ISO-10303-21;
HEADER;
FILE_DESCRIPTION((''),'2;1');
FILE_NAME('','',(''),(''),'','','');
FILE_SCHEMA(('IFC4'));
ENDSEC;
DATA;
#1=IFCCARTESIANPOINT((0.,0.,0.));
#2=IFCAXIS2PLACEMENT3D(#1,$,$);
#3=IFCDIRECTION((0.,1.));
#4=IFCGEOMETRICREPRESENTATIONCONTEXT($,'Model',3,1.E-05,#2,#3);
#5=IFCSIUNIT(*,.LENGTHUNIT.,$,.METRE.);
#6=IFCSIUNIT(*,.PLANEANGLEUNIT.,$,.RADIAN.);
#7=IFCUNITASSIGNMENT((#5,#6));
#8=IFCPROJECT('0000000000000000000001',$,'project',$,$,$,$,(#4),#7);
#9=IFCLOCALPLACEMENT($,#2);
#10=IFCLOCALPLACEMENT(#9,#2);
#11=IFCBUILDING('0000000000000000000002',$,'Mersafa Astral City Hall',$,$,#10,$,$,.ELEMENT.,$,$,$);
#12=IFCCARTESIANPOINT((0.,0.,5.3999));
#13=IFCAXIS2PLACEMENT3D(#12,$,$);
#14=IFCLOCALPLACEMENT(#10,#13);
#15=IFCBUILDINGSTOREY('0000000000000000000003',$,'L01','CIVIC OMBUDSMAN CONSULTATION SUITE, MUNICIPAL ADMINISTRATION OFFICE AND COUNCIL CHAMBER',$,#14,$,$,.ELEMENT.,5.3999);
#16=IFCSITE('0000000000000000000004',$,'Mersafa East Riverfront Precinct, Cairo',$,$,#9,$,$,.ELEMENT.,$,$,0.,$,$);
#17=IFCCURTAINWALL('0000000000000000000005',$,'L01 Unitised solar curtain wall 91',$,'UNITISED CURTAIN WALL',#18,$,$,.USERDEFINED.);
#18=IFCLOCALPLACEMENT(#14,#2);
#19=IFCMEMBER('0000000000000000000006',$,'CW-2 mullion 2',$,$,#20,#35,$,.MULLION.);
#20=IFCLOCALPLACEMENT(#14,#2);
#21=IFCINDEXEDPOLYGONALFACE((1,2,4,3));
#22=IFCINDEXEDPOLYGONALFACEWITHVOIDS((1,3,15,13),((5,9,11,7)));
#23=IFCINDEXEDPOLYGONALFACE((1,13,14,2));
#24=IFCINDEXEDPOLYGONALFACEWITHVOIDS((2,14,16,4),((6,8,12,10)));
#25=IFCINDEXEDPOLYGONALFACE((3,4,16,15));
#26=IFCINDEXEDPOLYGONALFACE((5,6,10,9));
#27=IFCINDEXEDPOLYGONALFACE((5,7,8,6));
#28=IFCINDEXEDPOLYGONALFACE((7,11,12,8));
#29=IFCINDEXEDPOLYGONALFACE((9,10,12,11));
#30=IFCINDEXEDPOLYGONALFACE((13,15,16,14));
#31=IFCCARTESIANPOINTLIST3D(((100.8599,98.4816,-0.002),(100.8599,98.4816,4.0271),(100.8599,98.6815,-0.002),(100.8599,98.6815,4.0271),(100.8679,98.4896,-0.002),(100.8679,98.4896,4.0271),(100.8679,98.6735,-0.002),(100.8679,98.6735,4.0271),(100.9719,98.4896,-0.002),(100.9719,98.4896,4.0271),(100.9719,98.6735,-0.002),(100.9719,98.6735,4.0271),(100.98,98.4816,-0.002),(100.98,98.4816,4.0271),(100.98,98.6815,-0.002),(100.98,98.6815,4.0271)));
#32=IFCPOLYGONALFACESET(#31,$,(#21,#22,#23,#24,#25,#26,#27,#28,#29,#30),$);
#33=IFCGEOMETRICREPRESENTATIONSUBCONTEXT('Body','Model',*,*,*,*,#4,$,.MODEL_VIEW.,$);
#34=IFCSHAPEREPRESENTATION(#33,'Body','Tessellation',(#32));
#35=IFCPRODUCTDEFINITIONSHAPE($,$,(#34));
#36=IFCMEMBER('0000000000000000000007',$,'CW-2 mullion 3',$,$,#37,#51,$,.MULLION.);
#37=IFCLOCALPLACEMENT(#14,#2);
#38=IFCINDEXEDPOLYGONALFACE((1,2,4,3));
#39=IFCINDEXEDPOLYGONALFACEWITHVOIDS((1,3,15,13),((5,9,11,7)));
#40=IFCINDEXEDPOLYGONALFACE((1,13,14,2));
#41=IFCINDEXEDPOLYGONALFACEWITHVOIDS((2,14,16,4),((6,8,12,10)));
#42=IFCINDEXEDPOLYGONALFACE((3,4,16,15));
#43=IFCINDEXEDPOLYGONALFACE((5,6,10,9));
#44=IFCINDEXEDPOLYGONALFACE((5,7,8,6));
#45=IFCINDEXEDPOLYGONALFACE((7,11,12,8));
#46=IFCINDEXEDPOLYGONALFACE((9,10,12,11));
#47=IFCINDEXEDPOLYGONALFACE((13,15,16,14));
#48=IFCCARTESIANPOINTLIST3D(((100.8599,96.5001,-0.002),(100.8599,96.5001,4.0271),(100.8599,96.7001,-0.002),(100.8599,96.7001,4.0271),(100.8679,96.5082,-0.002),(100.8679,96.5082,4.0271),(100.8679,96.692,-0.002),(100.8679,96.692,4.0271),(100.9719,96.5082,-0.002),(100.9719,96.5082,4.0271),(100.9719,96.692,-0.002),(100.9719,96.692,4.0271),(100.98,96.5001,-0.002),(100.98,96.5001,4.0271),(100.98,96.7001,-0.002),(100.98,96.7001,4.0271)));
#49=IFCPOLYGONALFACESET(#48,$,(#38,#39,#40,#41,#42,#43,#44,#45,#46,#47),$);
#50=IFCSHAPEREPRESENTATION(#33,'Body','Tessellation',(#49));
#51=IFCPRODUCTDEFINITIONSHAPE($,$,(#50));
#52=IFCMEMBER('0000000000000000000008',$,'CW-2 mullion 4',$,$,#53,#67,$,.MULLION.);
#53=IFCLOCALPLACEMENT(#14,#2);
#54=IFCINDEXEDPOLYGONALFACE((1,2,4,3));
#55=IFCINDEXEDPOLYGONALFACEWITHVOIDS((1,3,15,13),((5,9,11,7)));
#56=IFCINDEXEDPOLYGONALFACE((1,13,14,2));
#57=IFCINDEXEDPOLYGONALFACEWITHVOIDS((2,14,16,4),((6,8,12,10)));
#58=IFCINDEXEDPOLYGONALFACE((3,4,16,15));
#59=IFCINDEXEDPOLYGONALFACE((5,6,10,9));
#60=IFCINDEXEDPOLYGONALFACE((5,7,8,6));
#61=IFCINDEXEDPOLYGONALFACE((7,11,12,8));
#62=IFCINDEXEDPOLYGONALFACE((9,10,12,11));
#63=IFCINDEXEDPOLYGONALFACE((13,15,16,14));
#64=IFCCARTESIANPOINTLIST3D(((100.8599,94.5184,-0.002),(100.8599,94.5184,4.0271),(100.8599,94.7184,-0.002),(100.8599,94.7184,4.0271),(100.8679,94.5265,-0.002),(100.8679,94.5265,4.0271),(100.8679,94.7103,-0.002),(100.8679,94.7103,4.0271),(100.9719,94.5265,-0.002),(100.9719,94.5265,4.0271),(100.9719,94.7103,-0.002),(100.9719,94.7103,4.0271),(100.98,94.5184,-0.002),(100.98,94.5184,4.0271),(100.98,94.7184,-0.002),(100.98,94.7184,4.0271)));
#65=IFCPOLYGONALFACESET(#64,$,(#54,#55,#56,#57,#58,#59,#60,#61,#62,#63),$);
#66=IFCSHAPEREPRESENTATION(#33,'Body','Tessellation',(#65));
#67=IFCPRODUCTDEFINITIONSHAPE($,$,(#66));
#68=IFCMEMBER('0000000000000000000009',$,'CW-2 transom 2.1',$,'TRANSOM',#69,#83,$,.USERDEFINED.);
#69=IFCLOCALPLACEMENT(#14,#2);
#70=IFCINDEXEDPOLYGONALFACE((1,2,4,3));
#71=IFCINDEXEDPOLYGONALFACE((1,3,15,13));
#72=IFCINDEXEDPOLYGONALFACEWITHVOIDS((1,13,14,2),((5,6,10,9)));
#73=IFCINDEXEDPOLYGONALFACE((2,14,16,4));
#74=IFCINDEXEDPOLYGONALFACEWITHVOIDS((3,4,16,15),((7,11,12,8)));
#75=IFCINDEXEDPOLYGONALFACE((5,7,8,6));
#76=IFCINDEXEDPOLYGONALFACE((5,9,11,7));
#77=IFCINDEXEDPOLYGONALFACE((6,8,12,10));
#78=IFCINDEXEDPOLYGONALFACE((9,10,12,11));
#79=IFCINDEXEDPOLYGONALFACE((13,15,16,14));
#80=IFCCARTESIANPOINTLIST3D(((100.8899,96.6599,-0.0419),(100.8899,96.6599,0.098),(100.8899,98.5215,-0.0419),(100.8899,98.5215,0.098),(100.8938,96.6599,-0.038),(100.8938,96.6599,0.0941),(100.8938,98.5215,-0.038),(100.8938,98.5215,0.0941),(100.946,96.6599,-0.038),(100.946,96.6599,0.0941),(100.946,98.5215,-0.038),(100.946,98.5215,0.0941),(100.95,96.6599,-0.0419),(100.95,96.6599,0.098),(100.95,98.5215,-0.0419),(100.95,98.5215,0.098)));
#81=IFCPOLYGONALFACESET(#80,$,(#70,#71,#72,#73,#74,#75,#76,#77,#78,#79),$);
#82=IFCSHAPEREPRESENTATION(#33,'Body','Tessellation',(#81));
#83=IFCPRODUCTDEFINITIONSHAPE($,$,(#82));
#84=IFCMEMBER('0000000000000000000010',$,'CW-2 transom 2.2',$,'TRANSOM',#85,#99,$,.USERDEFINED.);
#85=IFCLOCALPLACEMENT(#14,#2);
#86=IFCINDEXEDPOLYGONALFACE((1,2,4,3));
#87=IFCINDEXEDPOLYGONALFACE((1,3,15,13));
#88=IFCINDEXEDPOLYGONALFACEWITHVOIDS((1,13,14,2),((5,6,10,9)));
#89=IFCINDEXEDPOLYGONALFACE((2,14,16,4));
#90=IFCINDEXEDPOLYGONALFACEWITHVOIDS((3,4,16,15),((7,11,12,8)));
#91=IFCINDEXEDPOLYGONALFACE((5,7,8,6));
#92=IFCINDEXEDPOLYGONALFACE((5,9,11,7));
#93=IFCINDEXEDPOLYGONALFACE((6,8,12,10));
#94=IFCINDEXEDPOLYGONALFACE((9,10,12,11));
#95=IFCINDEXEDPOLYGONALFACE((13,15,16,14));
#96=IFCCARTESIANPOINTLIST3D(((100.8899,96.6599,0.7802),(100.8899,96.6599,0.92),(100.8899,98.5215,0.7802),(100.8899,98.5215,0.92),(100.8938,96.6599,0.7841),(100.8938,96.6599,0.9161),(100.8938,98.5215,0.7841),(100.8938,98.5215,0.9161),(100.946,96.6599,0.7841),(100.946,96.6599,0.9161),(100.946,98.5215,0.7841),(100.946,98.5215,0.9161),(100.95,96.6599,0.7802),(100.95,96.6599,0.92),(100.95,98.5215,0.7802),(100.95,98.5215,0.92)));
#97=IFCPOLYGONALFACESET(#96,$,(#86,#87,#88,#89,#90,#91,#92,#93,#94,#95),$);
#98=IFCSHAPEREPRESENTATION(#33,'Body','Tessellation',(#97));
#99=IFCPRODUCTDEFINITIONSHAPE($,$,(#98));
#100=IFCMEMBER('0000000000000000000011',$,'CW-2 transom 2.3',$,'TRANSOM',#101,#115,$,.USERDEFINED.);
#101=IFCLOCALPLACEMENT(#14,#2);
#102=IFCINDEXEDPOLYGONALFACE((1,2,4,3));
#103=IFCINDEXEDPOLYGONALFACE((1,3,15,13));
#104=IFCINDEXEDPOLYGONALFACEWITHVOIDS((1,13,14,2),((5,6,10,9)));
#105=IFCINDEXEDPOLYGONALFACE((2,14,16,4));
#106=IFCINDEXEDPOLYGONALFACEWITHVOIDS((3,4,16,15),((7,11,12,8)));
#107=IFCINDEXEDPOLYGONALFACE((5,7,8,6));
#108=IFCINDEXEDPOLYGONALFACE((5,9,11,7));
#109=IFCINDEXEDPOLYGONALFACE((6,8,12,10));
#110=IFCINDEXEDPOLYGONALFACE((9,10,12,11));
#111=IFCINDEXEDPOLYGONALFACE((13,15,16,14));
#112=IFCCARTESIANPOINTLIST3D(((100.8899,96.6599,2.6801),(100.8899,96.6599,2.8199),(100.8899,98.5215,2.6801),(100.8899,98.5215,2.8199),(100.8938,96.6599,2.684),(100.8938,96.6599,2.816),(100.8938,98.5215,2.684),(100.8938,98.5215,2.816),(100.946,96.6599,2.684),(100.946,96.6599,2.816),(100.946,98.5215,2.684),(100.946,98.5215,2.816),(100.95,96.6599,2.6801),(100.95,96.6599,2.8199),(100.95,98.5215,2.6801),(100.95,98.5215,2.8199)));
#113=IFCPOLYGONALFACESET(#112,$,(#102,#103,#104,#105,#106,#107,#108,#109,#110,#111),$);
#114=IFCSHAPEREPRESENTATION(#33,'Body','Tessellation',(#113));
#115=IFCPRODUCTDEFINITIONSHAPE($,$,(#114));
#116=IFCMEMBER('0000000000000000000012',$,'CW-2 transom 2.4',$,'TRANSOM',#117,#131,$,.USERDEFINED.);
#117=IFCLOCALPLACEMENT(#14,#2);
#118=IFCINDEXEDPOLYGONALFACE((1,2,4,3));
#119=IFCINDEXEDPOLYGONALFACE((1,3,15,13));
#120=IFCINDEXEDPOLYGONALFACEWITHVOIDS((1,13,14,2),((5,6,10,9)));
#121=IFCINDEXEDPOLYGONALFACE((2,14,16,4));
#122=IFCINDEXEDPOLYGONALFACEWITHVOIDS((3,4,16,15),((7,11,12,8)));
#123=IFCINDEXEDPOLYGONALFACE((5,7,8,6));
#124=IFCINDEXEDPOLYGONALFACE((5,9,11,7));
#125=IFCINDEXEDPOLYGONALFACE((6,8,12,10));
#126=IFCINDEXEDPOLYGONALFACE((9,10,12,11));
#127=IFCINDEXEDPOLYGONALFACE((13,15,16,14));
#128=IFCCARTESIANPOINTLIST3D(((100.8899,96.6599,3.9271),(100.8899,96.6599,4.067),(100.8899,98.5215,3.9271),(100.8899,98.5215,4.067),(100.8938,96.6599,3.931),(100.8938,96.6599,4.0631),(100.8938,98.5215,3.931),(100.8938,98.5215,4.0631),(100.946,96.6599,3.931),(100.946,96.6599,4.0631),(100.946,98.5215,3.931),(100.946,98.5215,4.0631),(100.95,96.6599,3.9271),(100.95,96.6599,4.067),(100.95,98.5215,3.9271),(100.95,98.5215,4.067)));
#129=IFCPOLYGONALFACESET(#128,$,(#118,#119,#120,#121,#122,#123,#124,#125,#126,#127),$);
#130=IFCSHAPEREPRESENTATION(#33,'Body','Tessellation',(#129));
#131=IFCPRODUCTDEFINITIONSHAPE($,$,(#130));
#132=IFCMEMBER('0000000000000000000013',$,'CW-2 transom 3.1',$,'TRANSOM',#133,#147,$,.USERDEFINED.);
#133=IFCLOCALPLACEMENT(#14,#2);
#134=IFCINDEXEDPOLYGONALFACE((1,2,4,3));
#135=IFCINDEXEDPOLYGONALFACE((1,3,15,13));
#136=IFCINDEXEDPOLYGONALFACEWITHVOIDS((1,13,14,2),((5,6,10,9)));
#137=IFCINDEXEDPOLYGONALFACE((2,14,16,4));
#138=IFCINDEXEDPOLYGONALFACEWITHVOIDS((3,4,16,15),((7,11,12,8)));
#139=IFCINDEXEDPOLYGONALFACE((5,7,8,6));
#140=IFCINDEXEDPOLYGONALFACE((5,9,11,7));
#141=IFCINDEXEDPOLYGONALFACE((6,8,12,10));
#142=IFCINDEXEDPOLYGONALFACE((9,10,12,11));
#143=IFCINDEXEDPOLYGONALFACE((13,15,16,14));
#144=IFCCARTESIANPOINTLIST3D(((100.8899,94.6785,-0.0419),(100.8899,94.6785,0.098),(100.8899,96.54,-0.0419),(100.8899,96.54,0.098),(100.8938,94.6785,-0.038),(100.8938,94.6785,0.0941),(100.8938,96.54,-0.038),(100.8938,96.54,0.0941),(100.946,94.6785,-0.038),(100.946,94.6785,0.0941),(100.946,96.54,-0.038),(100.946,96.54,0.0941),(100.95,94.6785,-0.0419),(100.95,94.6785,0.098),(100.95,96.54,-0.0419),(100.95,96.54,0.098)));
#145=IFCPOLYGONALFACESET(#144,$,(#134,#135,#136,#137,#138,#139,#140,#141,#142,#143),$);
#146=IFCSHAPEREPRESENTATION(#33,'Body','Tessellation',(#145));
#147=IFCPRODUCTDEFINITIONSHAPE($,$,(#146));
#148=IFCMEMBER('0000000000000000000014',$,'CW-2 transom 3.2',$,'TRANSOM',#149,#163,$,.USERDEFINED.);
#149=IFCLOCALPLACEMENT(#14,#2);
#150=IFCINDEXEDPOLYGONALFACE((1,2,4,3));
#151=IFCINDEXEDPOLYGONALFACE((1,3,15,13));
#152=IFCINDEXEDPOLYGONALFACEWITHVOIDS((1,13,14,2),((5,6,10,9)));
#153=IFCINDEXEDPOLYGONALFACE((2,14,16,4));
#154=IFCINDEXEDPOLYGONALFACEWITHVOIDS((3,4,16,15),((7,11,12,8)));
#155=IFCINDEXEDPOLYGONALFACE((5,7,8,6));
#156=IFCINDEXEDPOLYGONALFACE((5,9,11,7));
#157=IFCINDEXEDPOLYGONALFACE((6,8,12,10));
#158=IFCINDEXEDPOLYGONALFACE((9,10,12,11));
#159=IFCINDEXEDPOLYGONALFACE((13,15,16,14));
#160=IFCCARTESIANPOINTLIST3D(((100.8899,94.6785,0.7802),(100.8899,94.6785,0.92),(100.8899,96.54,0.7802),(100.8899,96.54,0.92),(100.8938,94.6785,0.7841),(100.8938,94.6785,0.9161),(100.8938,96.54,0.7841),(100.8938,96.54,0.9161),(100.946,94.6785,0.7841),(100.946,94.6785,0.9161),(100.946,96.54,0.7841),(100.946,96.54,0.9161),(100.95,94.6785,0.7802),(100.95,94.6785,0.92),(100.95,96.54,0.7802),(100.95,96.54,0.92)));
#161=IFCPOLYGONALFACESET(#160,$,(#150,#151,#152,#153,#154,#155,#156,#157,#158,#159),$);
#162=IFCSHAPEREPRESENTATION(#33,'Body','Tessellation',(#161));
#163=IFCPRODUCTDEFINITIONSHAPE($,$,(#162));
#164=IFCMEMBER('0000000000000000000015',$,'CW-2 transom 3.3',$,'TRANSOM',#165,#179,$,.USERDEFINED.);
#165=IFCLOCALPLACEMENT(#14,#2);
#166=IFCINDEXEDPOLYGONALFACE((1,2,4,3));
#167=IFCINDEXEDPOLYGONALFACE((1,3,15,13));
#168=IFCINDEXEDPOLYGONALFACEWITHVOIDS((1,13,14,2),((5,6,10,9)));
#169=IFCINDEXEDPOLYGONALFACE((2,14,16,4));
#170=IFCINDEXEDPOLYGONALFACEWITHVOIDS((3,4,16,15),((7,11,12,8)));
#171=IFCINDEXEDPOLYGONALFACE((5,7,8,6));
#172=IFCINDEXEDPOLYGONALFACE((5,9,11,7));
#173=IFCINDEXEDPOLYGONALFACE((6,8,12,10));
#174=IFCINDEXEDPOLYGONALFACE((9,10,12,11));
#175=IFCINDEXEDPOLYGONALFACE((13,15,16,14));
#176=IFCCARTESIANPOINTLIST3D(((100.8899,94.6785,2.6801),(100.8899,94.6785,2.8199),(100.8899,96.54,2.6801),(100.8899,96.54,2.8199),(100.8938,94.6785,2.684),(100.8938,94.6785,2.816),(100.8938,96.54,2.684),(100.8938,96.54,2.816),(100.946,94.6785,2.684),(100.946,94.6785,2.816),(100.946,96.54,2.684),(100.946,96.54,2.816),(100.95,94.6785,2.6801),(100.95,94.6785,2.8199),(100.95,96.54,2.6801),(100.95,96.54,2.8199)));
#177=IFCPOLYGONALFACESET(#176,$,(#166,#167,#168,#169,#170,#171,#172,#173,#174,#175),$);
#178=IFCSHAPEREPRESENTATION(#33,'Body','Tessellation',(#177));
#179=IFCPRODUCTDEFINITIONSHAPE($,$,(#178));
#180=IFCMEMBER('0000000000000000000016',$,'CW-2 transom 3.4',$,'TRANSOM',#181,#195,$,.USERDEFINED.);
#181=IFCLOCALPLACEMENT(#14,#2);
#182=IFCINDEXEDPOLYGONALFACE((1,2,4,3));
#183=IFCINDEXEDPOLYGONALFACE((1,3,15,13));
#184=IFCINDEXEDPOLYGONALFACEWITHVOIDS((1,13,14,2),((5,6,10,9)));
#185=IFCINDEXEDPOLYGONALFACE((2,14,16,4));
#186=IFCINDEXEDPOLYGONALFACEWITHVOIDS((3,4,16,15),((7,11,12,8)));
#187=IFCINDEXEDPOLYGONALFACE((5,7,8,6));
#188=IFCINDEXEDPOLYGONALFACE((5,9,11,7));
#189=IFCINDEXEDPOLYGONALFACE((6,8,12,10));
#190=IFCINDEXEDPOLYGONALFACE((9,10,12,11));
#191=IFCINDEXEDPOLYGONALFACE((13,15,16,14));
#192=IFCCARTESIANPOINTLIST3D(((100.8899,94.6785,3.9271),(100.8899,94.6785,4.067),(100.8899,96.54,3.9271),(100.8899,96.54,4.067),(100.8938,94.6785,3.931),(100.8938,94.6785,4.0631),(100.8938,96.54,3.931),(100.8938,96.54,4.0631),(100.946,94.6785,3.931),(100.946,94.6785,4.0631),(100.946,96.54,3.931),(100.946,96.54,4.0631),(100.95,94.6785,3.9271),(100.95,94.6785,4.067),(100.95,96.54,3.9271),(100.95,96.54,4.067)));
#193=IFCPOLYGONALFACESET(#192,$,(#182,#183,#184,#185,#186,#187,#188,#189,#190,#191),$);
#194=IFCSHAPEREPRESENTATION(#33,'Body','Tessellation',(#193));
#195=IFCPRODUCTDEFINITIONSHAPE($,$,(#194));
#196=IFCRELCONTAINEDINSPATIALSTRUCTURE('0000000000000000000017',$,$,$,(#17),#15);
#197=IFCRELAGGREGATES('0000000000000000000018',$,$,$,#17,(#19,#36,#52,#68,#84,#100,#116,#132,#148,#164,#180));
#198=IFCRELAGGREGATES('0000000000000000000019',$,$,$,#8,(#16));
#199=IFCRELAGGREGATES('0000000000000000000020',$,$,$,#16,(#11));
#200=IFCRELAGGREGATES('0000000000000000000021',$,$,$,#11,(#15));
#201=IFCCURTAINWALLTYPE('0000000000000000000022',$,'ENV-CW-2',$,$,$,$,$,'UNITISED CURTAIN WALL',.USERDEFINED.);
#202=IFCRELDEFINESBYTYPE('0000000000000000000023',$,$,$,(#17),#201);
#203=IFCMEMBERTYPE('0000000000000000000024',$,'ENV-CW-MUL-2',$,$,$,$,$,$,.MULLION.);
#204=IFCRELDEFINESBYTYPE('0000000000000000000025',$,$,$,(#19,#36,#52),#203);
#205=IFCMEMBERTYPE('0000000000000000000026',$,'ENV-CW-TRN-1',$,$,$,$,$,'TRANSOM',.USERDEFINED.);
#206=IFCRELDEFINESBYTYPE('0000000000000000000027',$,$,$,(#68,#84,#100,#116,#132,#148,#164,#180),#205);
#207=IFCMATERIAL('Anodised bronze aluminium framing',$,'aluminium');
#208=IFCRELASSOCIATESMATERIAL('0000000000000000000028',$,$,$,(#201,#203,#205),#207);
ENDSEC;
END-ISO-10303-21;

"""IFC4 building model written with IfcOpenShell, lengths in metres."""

from ifc_helpers import new_model, si_unit, direction, frame, origin, origin_2d, place, context, subcontext, project, spatial, hollow_rectangle, extrude, material, material_profile, profile_set, type_object, element, aggregate, save


model = new_model("IFC4")

# Units and contexts
model_context = context("Model", 3, precision=1e-05, world=origin(), true_north=direction((0.0, 1.0)))
body_context = subcontext(model_context, "Body", "Model", "MODEL_VIEW")
ifc_project = project(units=[si_unit("LENGTHUNIT", "METRE"), si_unit("PLANEANGLEUNIT", "RADIAN")], contexts=[model_context])

# Site, building, storey
site_placement = place(None, origin())
site = spatial("IfcSite", under=ifc_project, at=site_placement, Name="Mersafa East Riverfront Precinct, Cairo", CompositionType="ELEMENT", RefElevation=0.0)
building_placement = place(site_placement, origin())
building = spatial("IfcBuilding", under=site, at=building_placement, Name="Mersafa Astral City Hall", CompositionType="ELEMENT")
storey_placement = place(building_placement, frame((0.0, 0.0, 5.3999)))
storey = spatial("IfcBuildingStorey", under=building, at=storey_placement, Name="L01", Description="CIVIC OMBUDSMAN CONSULTATION SUITE, MUNICIPAL ADMINISTRATION OFFICE AND COUNCIL CHAMBER", CompositionType="ELEMENT", Elevation=5.3999)

# Curtain wall, members
ifc_material_1 = material(Name="Anodised bronze aluminium framing", Category="aluminium")
curtain_wall_type = type_object("IfcCurtainWallType", Name="ENV-CW-2", ElementType="UNITISED CURTAIN WALL", PredefinedType="USERDEFINED", material=ifc_material_1)
curtain_wall_placement = place(storey_placement, origin())
curtain_wall = element("IfcCurtainWall", 1, at=curtain_wall_placement, inside=storey, type_object=curtain_wall_type, Name="L01 Unitised solar curtain wall 91", ObjectType="UNITISED CURTAIN WALL", PredefinedType="USERDEFINED")
ifc_material_profile_1 = material_profile(ifc_material_1, hollow_rectangle(XDim=0.1201, YDim=0.2, WallThickness=0.0081, at=origin_2d()), Name="RHS 120x200x8")
ifc_profile_set_1 = profile_set([ifc_material_profile_1], Name="Anodised bronze aluminium framing")
member_type_1 = type_object("IfcMemberType", Name="ENV-CW-MUL-2", PredefinedType="MULLION", material=ifc_profile_set_1)
member_1_placement = place(storey_placement, frame((100.9199, 98.5815, -0.002), z_axis=(0.0, 0.0, 1.0), x_axis=(1.0, 0.0, 0.0)))
member_1 = element("IfcMember", 2, at=member_1_placement, type_object=member_type_1, Name="CW-2 mullion 2", PredefinedType="MULLION", context=body_context, shape_type="SweptSolid", body=[
    extrude(hollow_rectangle(XDim=0.1201, YDim=0.2, WallThickness=0.0081, at=origin_2d()), origin(), (0.0, 0.0, 1.0), 4.0291),
])
member_2_placement = place(storey_placement, frame((100.9199, 96.6001, -0.002), z_axis=(0.0, 0.0, 1.0), x_axis=(1.0, 0.0, 0.0)))
member_2 = element("IfcMember", 3, at=member_2_placement, type_object=member_type_1, Name="CW-2 mullion 3", PredefinedType="MULLION", context=body_context, shape_type="SweptSolid", body=[
    extrude(hollow_rectangle(XDim=0.1201, YDim=0.2, WallThickness=0.0081, at=origin_2d()), origin(), (0.0, 0.0, 1.0), 4.0291),
])
member_3_placement = place(storey_placement, frame((100.9199, 94.6184, -0.002), z_axis=(0.0, 0.0, 1.0), x_axis=(1.0, 0.0, 0.0)))
member_3 = element("IfcMember", 4, at=member_3_placement, type_object=member_type_1, Name="CW-2 mullion 4", PredefinedType="MULLION", context=body_context, shape_type="SweptSolid", body=[
    extrude(hollow_rectangle(XDim=0.1201, YDim=0.2, WallThickness=0.0081, at=origin_2d()), origin(), (0.0, 0.0, 1.0), 4.0291),
])
ifc_material_profile_2 = material_profile(ifc_material_1, hollow_rectangle(XDim=0.0601, YDim=0.1399, WallThickness=0.0039, at=origin_2d()), Name="RHS 60x140x4")
ifc_profile_set_2 = profile_set([ifc_material_profile_2], Name="Anodised bronze aluminium framing")
member_type_2 = type_object("IfcMemberType", Name="ENV-CW-TRN-1", ElementType="TRANSOM", PredefinedType="USERDEFINED", material=ifc_profile_set_2)
member_4_placement = place(storey_placement, frame((100.9199, 98.5215, 0.0281), z_axis=(0.0, -1.0, 0.0), x_axis=(1.0, 0.0, 0.0)))
member_4 = element("IfcMember", 5, at=member_4_placement, type_object=member_type_2, Name="CW-2 transom 2.1", ObjectType="TRANSOM", PredefinedType="USERDEFINED", context=body_context, shape_type="SweptSolid", body=[
    extrude(hollow_rectangle(XDim=0.0601, YDim=0.1399, WallThickness=0.0039, at=origin_2d()), origin(), (0.0, 0.0, 1.0), 1.8616),
])
member_5_placement = place(storey_placement, frame((100.9199, 98.5215, 0.8501), z_axis=(0.0, -1.0, 0.0), x_axis=(1.0, 0.0, 0.0)))
member_5 = element("IfcMember", 6, at=member_5_placement, type_object=member_type_2, Name="CW-2 transom 2.2", ObjectType="TRANSOM", PredefinedType="USERDEFINED", context=body_context, shape_type="SweptSolid", body=[
    extrude(hollow_rectangle(XDim=0.0601, YDim=0.1399, WallThickness=0.0039, at=origin_2d()), origin(), (0.0, 0.0, 1.0), 1.8616),
])
member_6_placement = place(storey_placement, frame((100.9199, 98.5215, 2.75), z_axis=(0.0, -1.0, 0.0), x_axis=(1.0, 0.0, 0.0)))
member_6 = element("IfcMember", 7, at=member_6_placement, type_object=member_type_2, Name="CW-2 transom 2.3", ObjectType="TRANSOM", PredefinedType="USERDEFINED", context=body_context, shape_type="SweptSolid", body=[
    extrude(hollow_rectangle(XDim=0.0601, YDim=0.1399, WallThickness=0.0039, at=origin_2d()), origin(), (0.0, 0.0, 1.0), 1.8616),
])
member_7_placement = place(storey_placement, frame((100.9199, 98.5215, 3.9971), z_axis=(0.0, -1.0, 0.0), x_axis=(1.0, 0.0, 0.0)))
member_7 = element("IfcMember", 8, at=member_7_placement, type_object=member_type_2, Name="CW-2 transom 2.4", ObjectType="TRANSOM", PredefinedType="USERDEFINED", context=body_context, shape_type="SweptSolid", body=[
    extrude(hollow_rectangle(XDim=0.0601, YDim=0.1399, WallThickness=0.0039, at=origin_2d()), origin(), (0.0, 0.0, 1.0), 1.8616),
])
member_8_placement = place(storey_placement, frame((100.9199, 96.54, 0.0281), z_axis=(0.0, -1.0, 0.0), x_axis=(1.0, 0.0, 0.0)))
member_8 = element("IfcMember", 9, at=member_8_placement, type_object=member_type_2, Name="CW-2 transom 3.1", ObjectType="TRANSOM", PredefinedType="USERDEFINED", context=body_context, shape_type="SweptSolid", body=[
    extrude(hollow_rectangle(XDim=0.0601, YDim=0.1399, WallThickness=0.0039, at=origin_2d()), origin(), (0.0, 0.0, 1.0), 1.8616),
])
member_9_placement = place(storey_placement, frame((100.9199, 96.54, 0.8501), z_axis=(0.0, -1.0, 0.0), x_axis=(1.0, 0.0, 0.0)))
member_9 = element("IfcMember", 10, at=member_9_placement, type_object=member_type_2, Name="CW-2 transom 3.2", ObjectType="TRANSOM", PredefinedType="USERDEFINED", context=body_context, shape_type="SweptSolid", body=[
    extrude(hollow_rectangle(XDim=0.0601, YDim=0.1399, WallThickness=0.0039, at=origin_2d()), origin(), (0.0, 0.0, 1.0), 1.8616),
])
member_10_placement = place(storey_placement, frame((100.9199, 96.54, 2.75), z_axis=(0.0, -1.0, 0.0), x_axis=(1.0, 0.0, 0.0)))
member_10 = element("IfcMember", 11, at=member_10_placement, type_object=member_type_2, Name="CW-2 transom 3.3", ObjectType="TRANSOM", PredefinedType="USERDEFINED", context=body_context, shape_type="SweptSolid", body=[
    extrude(hollow_rectangle(XDim=0.0601, YDim=0.1399, WallThickness=0.0039, at=origin_2d()), origin(), (0.0, 0.0, 1.0), 1.8616),
])
member_11_placement = place(storey_placement, frame((100.9199, 96.54, 3.9971), z_axis=(0.0, -1.0, 0.0), x_axis=(1.0, 0.0, 0.0)))
member_11 = element("IfcMember", 12, at=member_11_placement, type_object=member_type_2, Name="CW-2 transom 3.4", ObjectType="TRANSOM", PredefinedType="USERDEFINED", context=body_context, shape_type="SweptSolid", body=[
    extrude(hollow_rectangle(XDim=0.0601, YDim=0.1399, WallThickness=0.0039, at=origin_2d()), origin(), (0.0, 0.0, 1.0), 1.8616),
])
aggregate(curtain_wall, [member_1, member_2, member_3, member_4, member_5, member_6, member_7, member_8, member_9, member_10, member_11])

save(model, "model.ifc")
